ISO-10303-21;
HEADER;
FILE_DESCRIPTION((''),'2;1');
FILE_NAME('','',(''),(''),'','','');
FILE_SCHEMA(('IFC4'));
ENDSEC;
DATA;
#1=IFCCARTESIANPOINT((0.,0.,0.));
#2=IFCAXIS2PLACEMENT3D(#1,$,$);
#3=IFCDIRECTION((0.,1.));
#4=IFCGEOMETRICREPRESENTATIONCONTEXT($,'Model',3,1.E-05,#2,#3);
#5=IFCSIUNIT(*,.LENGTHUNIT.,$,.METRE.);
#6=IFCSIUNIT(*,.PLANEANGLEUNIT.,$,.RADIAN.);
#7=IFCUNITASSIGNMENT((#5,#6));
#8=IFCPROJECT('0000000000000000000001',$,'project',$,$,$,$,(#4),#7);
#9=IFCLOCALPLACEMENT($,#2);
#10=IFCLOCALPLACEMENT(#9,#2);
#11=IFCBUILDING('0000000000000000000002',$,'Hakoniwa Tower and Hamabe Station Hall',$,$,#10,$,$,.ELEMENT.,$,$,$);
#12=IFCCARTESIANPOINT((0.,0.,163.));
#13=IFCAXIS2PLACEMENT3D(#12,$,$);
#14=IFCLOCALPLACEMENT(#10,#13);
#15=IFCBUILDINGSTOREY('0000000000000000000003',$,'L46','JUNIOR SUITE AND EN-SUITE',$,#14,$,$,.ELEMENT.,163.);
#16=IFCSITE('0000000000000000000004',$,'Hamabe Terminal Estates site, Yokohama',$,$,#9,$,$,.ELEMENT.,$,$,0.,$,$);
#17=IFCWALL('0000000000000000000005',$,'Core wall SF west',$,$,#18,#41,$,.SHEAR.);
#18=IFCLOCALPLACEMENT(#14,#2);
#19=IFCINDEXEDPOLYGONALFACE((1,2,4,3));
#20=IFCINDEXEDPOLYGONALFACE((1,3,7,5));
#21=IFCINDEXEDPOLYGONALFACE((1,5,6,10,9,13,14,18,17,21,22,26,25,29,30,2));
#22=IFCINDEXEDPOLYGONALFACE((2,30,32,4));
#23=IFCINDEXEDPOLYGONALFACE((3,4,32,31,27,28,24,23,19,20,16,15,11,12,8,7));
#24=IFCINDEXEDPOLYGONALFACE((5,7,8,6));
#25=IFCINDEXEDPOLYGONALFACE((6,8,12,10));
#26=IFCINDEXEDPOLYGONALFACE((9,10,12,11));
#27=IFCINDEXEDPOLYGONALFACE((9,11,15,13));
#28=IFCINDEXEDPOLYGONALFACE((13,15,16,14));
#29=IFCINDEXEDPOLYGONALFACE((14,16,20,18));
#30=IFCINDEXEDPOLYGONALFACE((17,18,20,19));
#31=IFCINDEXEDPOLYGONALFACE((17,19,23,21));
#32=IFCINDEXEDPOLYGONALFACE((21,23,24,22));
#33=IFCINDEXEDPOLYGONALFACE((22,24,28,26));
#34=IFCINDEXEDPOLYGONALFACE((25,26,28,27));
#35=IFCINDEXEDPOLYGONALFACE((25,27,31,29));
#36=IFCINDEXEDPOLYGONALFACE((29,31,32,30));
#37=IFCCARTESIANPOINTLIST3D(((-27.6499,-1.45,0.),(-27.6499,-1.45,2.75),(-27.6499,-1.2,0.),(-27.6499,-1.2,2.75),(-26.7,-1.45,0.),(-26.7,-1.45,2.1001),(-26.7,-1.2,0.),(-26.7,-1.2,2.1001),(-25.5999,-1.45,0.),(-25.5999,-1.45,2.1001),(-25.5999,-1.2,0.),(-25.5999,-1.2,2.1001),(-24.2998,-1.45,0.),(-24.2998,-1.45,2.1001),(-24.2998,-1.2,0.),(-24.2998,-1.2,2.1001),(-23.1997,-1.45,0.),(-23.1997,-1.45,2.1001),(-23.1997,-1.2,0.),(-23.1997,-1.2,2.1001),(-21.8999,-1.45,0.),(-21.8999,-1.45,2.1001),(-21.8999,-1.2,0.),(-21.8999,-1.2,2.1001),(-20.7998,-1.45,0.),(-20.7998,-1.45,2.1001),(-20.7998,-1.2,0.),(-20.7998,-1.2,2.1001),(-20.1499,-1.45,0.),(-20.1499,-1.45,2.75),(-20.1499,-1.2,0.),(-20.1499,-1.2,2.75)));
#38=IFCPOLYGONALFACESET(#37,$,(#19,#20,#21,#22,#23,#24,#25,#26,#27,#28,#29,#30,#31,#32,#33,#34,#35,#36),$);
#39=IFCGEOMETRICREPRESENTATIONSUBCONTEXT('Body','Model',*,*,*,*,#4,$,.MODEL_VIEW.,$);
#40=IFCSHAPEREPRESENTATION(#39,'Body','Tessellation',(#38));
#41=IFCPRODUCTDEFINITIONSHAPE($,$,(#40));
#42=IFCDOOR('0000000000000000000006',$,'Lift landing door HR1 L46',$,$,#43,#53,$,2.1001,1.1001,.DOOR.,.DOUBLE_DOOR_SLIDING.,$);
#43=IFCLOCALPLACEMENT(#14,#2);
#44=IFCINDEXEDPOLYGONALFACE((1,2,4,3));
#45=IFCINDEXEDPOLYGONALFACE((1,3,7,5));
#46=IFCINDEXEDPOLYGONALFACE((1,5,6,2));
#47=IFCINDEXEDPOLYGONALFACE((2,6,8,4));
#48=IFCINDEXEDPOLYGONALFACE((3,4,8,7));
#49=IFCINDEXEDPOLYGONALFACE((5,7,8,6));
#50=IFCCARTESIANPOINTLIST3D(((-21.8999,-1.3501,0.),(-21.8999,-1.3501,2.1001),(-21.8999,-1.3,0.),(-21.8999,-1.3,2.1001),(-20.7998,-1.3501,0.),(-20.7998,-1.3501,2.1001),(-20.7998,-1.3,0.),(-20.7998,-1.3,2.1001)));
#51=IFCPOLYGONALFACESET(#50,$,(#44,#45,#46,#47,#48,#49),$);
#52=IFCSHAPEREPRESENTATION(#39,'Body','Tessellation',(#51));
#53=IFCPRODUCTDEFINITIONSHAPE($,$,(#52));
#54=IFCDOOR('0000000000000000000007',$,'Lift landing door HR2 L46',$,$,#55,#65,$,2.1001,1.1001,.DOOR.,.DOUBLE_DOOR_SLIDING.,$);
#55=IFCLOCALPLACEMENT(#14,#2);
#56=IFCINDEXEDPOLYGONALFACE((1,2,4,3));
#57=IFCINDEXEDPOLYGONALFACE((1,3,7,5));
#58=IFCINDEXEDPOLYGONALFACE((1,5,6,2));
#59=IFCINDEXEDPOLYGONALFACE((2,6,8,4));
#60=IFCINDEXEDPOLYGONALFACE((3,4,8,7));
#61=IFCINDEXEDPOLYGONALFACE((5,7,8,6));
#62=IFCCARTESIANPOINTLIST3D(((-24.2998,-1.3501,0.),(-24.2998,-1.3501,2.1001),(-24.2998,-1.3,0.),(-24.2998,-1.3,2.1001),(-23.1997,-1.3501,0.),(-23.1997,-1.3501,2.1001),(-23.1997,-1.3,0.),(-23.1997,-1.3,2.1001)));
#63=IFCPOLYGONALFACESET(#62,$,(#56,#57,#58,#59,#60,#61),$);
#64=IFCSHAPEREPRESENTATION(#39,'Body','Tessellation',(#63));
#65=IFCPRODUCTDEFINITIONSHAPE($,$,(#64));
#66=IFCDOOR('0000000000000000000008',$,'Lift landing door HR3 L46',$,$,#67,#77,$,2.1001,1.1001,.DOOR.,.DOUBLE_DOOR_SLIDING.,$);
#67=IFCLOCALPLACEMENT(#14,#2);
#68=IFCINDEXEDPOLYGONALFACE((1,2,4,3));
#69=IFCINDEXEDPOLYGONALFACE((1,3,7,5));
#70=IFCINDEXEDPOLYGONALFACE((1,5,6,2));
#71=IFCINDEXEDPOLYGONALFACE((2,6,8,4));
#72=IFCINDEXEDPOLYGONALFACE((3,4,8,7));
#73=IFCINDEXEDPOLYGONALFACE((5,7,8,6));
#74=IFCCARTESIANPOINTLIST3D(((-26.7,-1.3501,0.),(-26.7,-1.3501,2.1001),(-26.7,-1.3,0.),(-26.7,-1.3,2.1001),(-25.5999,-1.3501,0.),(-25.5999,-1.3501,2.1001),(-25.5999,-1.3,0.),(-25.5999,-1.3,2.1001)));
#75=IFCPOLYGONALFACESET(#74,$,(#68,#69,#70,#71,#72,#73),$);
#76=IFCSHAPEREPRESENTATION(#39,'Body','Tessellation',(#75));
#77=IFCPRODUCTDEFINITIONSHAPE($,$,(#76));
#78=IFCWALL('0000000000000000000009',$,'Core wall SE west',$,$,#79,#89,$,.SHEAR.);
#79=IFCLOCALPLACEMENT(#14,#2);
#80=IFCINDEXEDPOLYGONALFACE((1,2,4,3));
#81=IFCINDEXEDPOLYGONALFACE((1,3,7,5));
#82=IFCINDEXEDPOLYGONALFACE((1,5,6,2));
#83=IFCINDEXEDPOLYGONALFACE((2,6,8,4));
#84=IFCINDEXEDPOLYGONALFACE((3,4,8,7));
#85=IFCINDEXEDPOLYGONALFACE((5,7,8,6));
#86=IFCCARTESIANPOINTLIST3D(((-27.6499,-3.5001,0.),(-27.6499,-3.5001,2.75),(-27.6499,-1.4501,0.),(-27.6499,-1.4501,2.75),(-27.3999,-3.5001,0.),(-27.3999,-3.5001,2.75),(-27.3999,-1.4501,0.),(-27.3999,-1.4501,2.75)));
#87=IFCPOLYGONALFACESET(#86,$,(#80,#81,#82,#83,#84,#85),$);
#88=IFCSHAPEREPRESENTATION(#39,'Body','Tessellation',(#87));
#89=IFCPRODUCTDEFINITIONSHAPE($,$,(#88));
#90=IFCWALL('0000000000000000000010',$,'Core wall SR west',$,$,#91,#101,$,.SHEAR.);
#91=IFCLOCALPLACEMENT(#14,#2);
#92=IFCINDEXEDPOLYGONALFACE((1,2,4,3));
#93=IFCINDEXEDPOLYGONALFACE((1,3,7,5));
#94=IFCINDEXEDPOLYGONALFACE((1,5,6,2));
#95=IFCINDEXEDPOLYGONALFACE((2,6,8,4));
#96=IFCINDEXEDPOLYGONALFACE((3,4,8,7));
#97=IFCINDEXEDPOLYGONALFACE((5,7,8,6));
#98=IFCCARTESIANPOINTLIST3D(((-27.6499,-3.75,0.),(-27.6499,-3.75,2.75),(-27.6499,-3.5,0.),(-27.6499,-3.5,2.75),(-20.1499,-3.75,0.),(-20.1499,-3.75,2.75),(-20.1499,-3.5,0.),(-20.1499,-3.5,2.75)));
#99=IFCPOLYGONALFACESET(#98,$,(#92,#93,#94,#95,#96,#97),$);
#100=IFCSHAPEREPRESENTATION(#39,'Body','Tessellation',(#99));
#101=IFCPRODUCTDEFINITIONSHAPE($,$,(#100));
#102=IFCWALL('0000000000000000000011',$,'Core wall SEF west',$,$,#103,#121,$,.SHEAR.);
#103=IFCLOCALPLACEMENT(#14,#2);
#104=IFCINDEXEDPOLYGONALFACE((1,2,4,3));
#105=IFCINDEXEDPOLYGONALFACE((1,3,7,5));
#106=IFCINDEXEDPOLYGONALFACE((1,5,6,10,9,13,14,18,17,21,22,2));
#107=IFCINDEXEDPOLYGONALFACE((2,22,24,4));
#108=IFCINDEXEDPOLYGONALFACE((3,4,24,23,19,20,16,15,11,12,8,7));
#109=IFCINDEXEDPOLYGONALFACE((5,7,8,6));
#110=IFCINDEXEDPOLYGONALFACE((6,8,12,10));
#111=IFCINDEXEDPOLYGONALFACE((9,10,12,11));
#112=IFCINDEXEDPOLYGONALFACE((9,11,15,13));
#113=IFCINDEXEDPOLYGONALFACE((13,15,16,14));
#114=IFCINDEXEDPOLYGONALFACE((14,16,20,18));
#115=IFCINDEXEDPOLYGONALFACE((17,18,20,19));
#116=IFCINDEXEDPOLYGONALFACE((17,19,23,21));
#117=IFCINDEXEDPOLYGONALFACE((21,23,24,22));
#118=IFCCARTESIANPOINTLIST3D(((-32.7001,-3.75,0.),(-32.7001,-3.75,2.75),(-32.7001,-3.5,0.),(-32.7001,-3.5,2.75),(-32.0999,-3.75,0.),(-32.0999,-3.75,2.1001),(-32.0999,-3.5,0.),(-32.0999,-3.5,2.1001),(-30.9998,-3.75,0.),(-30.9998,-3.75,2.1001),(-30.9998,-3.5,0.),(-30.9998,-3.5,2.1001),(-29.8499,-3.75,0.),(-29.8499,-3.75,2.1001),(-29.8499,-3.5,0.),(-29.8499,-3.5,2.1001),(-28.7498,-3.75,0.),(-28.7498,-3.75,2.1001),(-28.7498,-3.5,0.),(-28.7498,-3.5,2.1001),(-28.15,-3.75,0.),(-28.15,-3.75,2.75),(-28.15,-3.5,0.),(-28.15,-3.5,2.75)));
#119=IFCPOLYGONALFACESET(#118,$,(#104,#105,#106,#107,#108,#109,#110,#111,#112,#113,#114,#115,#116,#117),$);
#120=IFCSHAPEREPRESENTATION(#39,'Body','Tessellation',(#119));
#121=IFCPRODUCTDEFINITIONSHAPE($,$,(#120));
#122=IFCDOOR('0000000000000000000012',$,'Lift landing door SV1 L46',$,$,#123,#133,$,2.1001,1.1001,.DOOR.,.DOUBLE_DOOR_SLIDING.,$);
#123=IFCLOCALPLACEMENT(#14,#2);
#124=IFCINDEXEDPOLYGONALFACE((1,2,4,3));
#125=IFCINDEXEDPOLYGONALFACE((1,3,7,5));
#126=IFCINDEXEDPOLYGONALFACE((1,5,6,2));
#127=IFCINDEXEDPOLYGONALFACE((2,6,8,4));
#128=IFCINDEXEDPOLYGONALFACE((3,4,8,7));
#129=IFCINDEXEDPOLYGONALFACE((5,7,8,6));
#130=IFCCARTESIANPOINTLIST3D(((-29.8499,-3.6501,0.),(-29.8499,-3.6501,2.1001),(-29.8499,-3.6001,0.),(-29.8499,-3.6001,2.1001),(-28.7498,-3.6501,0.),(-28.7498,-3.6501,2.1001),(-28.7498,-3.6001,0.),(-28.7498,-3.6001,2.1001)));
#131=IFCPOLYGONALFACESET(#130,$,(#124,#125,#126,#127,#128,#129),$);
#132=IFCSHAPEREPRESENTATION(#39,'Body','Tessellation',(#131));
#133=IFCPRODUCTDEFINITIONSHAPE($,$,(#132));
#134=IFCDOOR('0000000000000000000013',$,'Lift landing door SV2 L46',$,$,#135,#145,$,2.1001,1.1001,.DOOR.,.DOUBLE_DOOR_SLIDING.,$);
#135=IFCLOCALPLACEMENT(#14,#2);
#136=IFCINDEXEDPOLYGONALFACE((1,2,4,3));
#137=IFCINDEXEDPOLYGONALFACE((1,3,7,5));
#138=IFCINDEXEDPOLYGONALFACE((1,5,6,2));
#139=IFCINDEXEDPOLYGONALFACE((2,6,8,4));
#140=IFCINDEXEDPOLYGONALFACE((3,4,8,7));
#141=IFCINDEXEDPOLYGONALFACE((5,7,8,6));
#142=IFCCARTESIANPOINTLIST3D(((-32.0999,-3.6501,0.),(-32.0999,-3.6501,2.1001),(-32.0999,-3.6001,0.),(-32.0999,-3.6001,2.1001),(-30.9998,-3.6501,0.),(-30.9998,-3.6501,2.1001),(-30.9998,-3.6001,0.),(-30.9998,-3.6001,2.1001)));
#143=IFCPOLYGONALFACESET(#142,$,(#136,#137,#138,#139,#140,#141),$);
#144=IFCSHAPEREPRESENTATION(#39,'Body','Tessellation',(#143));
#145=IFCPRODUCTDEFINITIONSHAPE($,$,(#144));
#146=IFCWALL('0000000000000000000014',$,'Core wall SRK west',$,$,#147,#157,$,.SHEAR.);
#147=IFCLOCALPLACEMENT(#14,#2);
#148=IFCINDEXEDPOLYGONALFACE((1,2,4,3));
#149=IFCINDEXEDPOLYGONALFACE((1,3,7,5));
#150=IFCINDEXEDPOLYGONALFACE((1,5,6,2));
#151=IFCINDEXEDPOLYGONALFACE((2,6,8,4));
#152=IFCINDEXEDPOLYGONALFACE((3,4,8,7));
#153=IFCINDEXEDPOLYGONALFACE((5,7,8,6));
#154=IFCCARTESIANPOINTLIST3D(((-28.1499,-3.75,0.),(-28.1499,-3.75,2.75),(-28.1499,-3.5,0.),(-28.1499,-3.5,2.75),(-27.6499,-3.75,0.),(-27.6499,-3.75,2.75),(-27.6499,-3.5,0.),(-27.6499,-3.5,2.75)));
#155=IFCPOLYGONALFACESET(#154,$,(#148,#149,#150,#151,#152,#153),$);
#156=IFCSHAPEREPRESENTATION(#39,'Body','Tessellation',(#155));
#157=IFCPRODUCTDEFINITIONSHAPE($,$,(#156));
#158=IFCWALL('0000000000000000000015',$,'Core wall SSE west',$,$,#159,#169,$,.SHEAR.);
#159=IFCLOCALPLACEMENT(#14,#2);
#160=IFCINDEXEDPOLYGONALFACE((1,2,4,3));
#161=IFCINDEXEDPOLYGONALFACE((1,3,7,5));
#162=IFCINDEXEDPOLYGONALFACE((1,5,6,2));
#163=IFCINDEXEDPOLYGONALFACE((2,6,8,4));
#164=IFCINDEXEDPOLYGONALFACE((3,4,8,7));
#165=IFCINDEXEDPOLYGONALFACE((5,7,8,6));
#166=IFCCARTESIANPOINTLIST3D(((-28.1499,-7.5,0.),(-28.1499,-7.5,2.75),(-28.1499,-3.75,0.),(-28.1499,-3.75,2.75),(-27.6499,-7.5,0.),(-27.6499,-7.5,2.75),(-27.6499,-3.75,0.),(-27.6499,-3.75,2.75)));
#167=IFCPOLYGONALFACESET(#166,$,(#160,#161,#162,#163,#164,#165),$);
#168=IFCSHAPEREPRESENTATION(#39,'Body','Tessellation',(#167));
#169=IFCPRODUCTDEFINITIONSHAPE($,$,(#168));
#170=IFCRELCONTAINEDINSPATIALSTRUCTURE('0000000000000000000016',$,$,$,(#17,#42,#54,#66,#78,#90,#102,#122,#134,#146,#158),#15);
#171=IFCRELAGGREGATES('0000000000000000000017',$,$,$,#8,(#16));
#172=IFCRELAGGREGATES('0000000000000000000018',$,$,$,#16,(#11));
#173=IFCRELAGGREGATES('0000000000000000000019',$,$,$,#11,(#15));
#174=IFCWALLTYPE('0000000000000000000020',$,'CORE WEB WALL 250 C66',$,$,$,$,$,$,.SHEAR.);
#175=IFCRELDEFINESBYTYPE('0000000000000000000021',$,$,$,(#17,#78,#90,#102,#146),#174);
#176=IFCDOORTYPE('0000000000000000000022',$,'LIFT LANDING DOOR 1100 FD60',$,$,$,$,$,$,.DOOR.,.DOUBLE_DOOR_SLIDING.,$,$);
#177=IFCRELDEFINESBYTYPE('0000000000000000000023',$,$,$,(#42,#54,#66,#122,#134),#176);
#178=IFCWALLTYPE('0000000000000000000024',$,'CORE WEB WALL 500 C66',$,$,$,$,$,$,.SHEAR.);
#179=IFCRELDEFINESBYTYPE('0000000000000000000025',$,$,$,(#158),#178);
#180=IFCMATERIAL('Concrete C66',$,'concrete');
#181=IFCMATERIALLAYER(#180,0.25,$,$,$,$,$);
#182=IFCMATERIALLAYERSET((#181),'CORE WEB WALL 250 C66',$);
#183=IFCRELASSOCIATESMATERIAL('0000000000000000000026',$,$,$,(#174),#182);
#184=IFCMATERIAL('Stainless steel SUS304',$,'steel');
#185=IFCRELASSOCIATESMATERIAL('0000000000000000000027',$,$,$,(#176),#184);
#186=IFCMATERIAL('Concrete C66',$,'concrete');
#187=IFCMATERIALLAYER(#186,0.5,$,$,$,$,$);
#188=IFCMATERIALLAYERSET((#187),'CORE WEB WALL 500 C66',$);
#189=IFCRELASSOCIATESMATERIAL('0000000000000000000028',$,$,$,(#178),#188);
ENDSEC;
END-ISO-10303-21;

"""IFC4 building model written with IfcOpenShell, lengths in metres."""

from ifc_helpers import new_model, si_unit, direction, frame, frame_2d, origin, place, context, subcontext, project, spatial, rectangle, extrude, material, layer, layer_set, type_object, element, fill, save


model = new_model("IFC4")

# Units and contexts
model_context = context("Model", 3, precision=1e-05, world=origin(), true_north=direction((0.0, 1.0)))
body_context = subcontext(model_context, "Body", "Model", "MODEL_VIEW")
ifc_project = project(units=[si_unit("LENGTHUNIT", "METRE"), si_unit("PLANEANGLEUNIT", "RADIAN")], contexts=[model_context])

# Site, building, storey
site_placement = place(None, origin())
site = spatial("IfcSite", under=ifc_project, at=site_placement, Name="Hamabe Terminal Estates site, Yokohama", CompositionType="ELEMENT", RefElevation=0.0)
building_placement = place(site_placement, origin())
building = spatial("IfcBuilding", under=site, at=building_placement, Name="Hakoniwa Tower and Hamabe Station Hall", CompositionType="ELEMENT")
storey_placement = place(building_placement, frame((0.0, 0.0, 163.0)))
storey = spatial("IfcBuildingStorey", under=building, at=storey_placement, Name="L46", Description="JUNIOR SUITE AND EN-SUITE", CompositionType="ELEMENT", Elevation=163.0)

# Wall, openings, doors
ifc_material_1 = material(Name="Concrete C66", Category="concrete")
ifc_layer_1 = layer(ifc_material_1, 0.25)
ifc_layer_set_1 = layer_set([ifc_layer_1], Name="CORE WEB WALL 250 C66")
wall_type_1 = type_object("IfcWallType", Name="CORE WEB WALL 250 C66", PredefinedType="SHEAR", material=ifc_layer_set_1)
wall_1_placement = place(storey_placement, frame((-27.6499, -1.325, 0.0), z_axis=(0.0, 0.0, 1.0), x_axis=(1.0, 0.0, 0.0)))
wall_1 = element("IfcWall", 1, at=wall_1_placement, inside=storey, type_object=wall_type_1, Name="Core wall SF west", PredefinedType="SHEAR", context=body_context, shape_type="SweptSolid", body=[
    extrude(rectangle(XDim=7.5, YDim=0.25, at=frame_2d((3.75, 0.0))), origin(), (0.0, 0.0, 1.0), 2.75),
])
opening_1_placement = place(wall_1_placement, frame((5.75, 0.0, 0.0)))
opening_1 = element("IfcOpeningElement", 2, at=opening_1_placement, cuts=wall_1, PredefinedType="OPENING", context=body_context, shape_type="SweptSolid", body=[
    extrude(rectangle(XDim=1.1001, YDim=2.1001, at=frame_2d((0.55, 1.05))), frame((0.0, 0.135, 0.0), z_axis=(0.0, -1.0, 0.0), x_axis=(1.0, 0.0, 0.0)), (0.0, 0.0, 1.0), 0.27),
])
opening_2_placement = place(wall_1_placement, frame((3.3501, 0.0, 0.0)))
opening_2 = element("IfcOpeningElement", 3, at=opening_2_placement, cuts=wall_1, PredefinedType="OPENING", context=body_context, shape_type="SweptSolid", body=[
    extrude(rectangle(XDim=1.1001, YDim=2.1001, at=frame_2d((0.55, 1.05))), frame((0.0, 0.135, 0.0), z_axis=(0.0, -1.0, 0.0), x_axis=(1.0, 0.0, 0.0)), (0.0, 0.0, 1.0), 0.27),
])
opening_3_placement = place(wall_1_placement, frame((0.95, 0.0, 0.0)))
opening_3 = element("IfcOpeningElement", 4, at=opening_3_placement, cuts=wall_1, PredefinedType="OPENING", context=body_context, shape_type="SweptSolid", body=[
    extrude(rectangle(XDim=1.1001, YDim=2.1001, at=frame_2d((0.55, 1.05))), frame((0.0, 0.135, 0.0), z_axis=(0.0, -1.0, 0.0), x_axis=(1.0, 0.0, 0.0)), (0.0, 0.0, 1.0), 0.27),
])
ifc_material_2 = material(Name="Stainless steel SUS304", Category="steel")
door_type_1 = type_object("IfcDoorType", Name="LIFT LANDING DOOR 1100 FD60", OperationType="DOUBLE_DOOR_SLIDING", PredefinedType="DOOR", material=ifc_material_2)
door_1_placement = place(opening_1_placement, origin())
door_1 = element("IfcDoor", 5, at=door_1_placement, inside=storey, type_object=door_type_1, Name="Lift landing door HR1 L46", OperationType="DOUBLE_DOOR_SLIDING", OverallHeight=2.1001, OverallWidth=1.1001, PredefinedType="DOOR", context=body_context, shape_type="SweptSolid", body=[
    extrude(rectangle(XDim=1.1001, YDim=2.1001, at=frame_2d((0.55, 1.05))), frame((0.0, 0.0249, 0.0), z_axis=(0.0, -1.0, 0.0), x_axis=(1.0, 0.0, 0.0)), (0.0, 0.0, 1.0), 0.05),
])
fill(opening_1, door_1)
door_2_placement = place(opening_2_placement, origin())
door_2 = element("IfcDoor", 6, at=door_2_placement, inside=storey, type_object=door_type_1, Name="Lift landing door HR2 L46", OperationType="DOUBLE_DOOR_SLIDING", OverallHeight=2.1001, OverallWidth=1.1001, PredefinedType="DOOR", context=body_context, shape_type="SweptSolid", body=[
    extrude(rectangle(XDim=1.1001, YDim=2.1001, at=frame_2d((0.55, 1.05))), frame((0.0, 0.0249, 0.0), z_axis=(0.0, -1.0, 0.0), x_axis=(1.0, 0.0, 0.0)), (0.0, 0.0, 1.0), 0.05),
])
fill(opening_2, door_2)
door_3_placement = place(opening_3_placement, origin())
door_3 = element("IfcDoor", 7, at=door_3_placement, inside=storey, type_object=door_type_1, Name="Lift landing door HR3 L46", OperationType="DOUBLE_DOOR_SLIDING", OverallHeight=2.1001, OverallWidth=1.1001, PredefinedType="DOOR", context=body_context, shape_type="SweptSolid", body=[
    extrude(rectangle(XDim=1.1001, YDim=2.1001, at=frame_2d((0.55, 1.05))), frame((0.0, 0.0249, 0.0), z_axis=(0.0, -1.0, 0.0), x_axis=(1.0, 0.0, 0.0)), (0.0, 0.0, 1.0), 0.05),
])
fill(opening_3, door_3)

# Walls
wall_2_placement = place(storey_placement, frame((-27.5249, -3.5, 0.0), z_axis=(0.0, 0.0, 1.0), x_axis=(0.0, 1.0, 0.0)))
element("IfcWall", 8, at=wall_2_placement, inside=storey, type_object=wall_type_1, Name="Core wall SE west", PredefinedType="SHEAR", context=body_context, shape_type="SweptSolid", body=[
    extrude(rectangle(XDim=2.05, YDim=0.25, at=frame_2d((1.0249, 0.0))), origin(), (0.0, 0.0, 1.0), 2.75),
])
wall_3_placement = place(storey_placement, frame((-27.6499, -3.625, 0.0), z_axis=(0.0, 0.0, 1.0), x_axis=(1.0, 0.0, 0.0)))
element("IfcWall", 9, at=wall_3_placement, inside=storey, type_object=wall_type_1, Name="Core wall SR west", PredefinedType="SHEAR", context=body_context, shape_type="SweptSolid", body=[
    extrude(rectangle(XDim=7.5, YDim=0.25, at=frame_2d((3.75, 0.0))), origin(), (0.0, 0.0, 1.0), 2.75),
])

# Wall, openings, doors
wall_4_placement = place(storey_placement, frame((-32.7, -3.625, 0.0), z_axis=(0.0, 0.0, 1.0), x_axis=(1.0, 0.0, 0.0)))
wall_4 = element("IfcWall", 10, at=wall_4_placement, inside=storey, type_object=wall_type_1, Name="Core wall SEF west", PredefinedType="SHEAR", context=body_context, shape_type="SweptSolid", body=[
    extrude(rectangle(XDim=4.55, YDim=0.25, at=frame_2d((2.2749, 0.0))), origin(), (0.0, 0.0, 1.0), 2.75),
])
opening_4_placement = place(wall_4_placement, frame((2.8501, 0.0, 0.0)))
opening_4 = element("IfcOpeningElement", 11, at=opening_4_placement, cuts=wall_4, PredefinedType="OPENING", context=body_context, shape_type="SweptSolid", body=[
    extrude(rectangle(XDim=1.1001, YDim=2.1001, at=frame_2d((0.55, 1.05))), frame((0.0, 0.135, 0.0), z_axis=(0.0, -1.0, 0.0), x_axis=(1.0, 0.0, 0.0)), (0.0, 0.0, 1.0), 0.27),
])
opening_5_placement = place(wall_4_placement, frame((0.6001, 0.0, 0.0)))
opening_5 = element("IfcOpeningElement", 12, at=opening_5_placement, cuts=wall_4, PredefinedType="OPENING", context=body_context, shape_type="SweptSolid", body=[
    extrude(rectangle(XDim=1.1001, YDim=2.1001, at=frame_2d((0.55, 1.05))), frame((0.0, 0.135, 0.0), z_axis=(0.0, -1.0, 0.0), x_axis=(1.0, 0.0, 0.0)), (0.0, 0.0, 1.0), 0.27),
])
door_4_placement = place(opening_4_placement, origin())
door_4 = element("IfcDoor", 13, at=door_4_placement, inside=storey, type_object=door_type_1, Name="Lift landing door SV1 L46", OperationType="DOUBLE_DOOR_SLIDING", OverallHeight=2.1001, OverallWidth=1.1001, PredefinedType="DOOR", context=body_context, shape_type="SweptSolid", body=[
    extrude(rectangle(XDim=1.1001, YDim=2.1001, at=frame_2d((0.55, 1.05))), frame((0.0, 0.0249, 0.0), z_axis=(0.0, -1.0, 0.0), x_axis=(1.0, 0.0, 0.0)), (0.0, 0.0, 1.0), 0.05),
])
fill(opening_4, door_4)
door_5_placement = place(opening_5_placement, origin())
door_5 = element("IfcDoor", 14, at=door_5_placement, inside=storey, type_object=door_type_1, Name="Lift landing door SV2 L46", OperationType="DOUBLE_DOOR_SLIDING", OverallHeight=2.1001, OverallWidth=1.1001, PredefinedType="DOOR", context=body_context, shape_type="SweptSolid", body=[
    extrude(rectangle(XDim=1.1001, YDim=2.1001, at=frame_2d((0.55, 1.05))), frame((0.0, 0.0249, 0.0), z_axis=(0.0, -1.0, 0.0), x_axis=(1.0, 0.0, 0.0)), (0.0, 0.0, 1.0), 0.05),
])
fill(opening_5, door_5)

# Walls
wall_5_placement = place(storey_placement, frame((-28.1499, -3.625, 0.0), z_axis=(0.0, 0.0, 1.0), x_axis=(1.0, 0.0, 0.0)))
element("IfcWall", 15, at=wall_5_placement, inside=storey, type_object=wall_type_1, Name="Core wall SRK west", PredefinedType="SHEAR", context=body_context, shape_type="SweptSolid", body=[
    extrude(rectangle(XDim=0.5, YDim=0.25, at=frame_2d((0.25, 0.0))), origin(), (0.0, 0.0, 1.0), 2.75),
])
ifc_material_3 = material(Name="Concrete C66", Category="concrete")
ifc_layer_2 = layer(ifc_material_3, 0.5)
ifc_layer_set_2 = layer_set([ifc_layer_2], Name="CORE WEB WALL 500 C66")
wall_type_2 = type_object("IfcWallType", Name="CORE WEB WALL 500 C66", PredefinedType="SHEAR", material=ifc_layer_set_2)
wall_6_placement = place(storey_placement, frame((-27.8999, -7.5, 0.0), z_axis=(0.0, 0.0, 1.0), x_axis=(0.0, 1.0, 0.0)))
element("IfcWall", 16, at=wall_6_placement, inside=storey, type_object=wall_type_2, Name="Core wall SSE west", PredefinedType="SHEAR", context=body_context, shape_type="SweptSolid", body=[
    extrude(rectangle(XDim=3.75, YDim=0.5, at=frame_2d((1.875, 0.0))), origin(), (0.0, 0.0, 1.0), 2.75),
])

save(model, "model.ifc")
